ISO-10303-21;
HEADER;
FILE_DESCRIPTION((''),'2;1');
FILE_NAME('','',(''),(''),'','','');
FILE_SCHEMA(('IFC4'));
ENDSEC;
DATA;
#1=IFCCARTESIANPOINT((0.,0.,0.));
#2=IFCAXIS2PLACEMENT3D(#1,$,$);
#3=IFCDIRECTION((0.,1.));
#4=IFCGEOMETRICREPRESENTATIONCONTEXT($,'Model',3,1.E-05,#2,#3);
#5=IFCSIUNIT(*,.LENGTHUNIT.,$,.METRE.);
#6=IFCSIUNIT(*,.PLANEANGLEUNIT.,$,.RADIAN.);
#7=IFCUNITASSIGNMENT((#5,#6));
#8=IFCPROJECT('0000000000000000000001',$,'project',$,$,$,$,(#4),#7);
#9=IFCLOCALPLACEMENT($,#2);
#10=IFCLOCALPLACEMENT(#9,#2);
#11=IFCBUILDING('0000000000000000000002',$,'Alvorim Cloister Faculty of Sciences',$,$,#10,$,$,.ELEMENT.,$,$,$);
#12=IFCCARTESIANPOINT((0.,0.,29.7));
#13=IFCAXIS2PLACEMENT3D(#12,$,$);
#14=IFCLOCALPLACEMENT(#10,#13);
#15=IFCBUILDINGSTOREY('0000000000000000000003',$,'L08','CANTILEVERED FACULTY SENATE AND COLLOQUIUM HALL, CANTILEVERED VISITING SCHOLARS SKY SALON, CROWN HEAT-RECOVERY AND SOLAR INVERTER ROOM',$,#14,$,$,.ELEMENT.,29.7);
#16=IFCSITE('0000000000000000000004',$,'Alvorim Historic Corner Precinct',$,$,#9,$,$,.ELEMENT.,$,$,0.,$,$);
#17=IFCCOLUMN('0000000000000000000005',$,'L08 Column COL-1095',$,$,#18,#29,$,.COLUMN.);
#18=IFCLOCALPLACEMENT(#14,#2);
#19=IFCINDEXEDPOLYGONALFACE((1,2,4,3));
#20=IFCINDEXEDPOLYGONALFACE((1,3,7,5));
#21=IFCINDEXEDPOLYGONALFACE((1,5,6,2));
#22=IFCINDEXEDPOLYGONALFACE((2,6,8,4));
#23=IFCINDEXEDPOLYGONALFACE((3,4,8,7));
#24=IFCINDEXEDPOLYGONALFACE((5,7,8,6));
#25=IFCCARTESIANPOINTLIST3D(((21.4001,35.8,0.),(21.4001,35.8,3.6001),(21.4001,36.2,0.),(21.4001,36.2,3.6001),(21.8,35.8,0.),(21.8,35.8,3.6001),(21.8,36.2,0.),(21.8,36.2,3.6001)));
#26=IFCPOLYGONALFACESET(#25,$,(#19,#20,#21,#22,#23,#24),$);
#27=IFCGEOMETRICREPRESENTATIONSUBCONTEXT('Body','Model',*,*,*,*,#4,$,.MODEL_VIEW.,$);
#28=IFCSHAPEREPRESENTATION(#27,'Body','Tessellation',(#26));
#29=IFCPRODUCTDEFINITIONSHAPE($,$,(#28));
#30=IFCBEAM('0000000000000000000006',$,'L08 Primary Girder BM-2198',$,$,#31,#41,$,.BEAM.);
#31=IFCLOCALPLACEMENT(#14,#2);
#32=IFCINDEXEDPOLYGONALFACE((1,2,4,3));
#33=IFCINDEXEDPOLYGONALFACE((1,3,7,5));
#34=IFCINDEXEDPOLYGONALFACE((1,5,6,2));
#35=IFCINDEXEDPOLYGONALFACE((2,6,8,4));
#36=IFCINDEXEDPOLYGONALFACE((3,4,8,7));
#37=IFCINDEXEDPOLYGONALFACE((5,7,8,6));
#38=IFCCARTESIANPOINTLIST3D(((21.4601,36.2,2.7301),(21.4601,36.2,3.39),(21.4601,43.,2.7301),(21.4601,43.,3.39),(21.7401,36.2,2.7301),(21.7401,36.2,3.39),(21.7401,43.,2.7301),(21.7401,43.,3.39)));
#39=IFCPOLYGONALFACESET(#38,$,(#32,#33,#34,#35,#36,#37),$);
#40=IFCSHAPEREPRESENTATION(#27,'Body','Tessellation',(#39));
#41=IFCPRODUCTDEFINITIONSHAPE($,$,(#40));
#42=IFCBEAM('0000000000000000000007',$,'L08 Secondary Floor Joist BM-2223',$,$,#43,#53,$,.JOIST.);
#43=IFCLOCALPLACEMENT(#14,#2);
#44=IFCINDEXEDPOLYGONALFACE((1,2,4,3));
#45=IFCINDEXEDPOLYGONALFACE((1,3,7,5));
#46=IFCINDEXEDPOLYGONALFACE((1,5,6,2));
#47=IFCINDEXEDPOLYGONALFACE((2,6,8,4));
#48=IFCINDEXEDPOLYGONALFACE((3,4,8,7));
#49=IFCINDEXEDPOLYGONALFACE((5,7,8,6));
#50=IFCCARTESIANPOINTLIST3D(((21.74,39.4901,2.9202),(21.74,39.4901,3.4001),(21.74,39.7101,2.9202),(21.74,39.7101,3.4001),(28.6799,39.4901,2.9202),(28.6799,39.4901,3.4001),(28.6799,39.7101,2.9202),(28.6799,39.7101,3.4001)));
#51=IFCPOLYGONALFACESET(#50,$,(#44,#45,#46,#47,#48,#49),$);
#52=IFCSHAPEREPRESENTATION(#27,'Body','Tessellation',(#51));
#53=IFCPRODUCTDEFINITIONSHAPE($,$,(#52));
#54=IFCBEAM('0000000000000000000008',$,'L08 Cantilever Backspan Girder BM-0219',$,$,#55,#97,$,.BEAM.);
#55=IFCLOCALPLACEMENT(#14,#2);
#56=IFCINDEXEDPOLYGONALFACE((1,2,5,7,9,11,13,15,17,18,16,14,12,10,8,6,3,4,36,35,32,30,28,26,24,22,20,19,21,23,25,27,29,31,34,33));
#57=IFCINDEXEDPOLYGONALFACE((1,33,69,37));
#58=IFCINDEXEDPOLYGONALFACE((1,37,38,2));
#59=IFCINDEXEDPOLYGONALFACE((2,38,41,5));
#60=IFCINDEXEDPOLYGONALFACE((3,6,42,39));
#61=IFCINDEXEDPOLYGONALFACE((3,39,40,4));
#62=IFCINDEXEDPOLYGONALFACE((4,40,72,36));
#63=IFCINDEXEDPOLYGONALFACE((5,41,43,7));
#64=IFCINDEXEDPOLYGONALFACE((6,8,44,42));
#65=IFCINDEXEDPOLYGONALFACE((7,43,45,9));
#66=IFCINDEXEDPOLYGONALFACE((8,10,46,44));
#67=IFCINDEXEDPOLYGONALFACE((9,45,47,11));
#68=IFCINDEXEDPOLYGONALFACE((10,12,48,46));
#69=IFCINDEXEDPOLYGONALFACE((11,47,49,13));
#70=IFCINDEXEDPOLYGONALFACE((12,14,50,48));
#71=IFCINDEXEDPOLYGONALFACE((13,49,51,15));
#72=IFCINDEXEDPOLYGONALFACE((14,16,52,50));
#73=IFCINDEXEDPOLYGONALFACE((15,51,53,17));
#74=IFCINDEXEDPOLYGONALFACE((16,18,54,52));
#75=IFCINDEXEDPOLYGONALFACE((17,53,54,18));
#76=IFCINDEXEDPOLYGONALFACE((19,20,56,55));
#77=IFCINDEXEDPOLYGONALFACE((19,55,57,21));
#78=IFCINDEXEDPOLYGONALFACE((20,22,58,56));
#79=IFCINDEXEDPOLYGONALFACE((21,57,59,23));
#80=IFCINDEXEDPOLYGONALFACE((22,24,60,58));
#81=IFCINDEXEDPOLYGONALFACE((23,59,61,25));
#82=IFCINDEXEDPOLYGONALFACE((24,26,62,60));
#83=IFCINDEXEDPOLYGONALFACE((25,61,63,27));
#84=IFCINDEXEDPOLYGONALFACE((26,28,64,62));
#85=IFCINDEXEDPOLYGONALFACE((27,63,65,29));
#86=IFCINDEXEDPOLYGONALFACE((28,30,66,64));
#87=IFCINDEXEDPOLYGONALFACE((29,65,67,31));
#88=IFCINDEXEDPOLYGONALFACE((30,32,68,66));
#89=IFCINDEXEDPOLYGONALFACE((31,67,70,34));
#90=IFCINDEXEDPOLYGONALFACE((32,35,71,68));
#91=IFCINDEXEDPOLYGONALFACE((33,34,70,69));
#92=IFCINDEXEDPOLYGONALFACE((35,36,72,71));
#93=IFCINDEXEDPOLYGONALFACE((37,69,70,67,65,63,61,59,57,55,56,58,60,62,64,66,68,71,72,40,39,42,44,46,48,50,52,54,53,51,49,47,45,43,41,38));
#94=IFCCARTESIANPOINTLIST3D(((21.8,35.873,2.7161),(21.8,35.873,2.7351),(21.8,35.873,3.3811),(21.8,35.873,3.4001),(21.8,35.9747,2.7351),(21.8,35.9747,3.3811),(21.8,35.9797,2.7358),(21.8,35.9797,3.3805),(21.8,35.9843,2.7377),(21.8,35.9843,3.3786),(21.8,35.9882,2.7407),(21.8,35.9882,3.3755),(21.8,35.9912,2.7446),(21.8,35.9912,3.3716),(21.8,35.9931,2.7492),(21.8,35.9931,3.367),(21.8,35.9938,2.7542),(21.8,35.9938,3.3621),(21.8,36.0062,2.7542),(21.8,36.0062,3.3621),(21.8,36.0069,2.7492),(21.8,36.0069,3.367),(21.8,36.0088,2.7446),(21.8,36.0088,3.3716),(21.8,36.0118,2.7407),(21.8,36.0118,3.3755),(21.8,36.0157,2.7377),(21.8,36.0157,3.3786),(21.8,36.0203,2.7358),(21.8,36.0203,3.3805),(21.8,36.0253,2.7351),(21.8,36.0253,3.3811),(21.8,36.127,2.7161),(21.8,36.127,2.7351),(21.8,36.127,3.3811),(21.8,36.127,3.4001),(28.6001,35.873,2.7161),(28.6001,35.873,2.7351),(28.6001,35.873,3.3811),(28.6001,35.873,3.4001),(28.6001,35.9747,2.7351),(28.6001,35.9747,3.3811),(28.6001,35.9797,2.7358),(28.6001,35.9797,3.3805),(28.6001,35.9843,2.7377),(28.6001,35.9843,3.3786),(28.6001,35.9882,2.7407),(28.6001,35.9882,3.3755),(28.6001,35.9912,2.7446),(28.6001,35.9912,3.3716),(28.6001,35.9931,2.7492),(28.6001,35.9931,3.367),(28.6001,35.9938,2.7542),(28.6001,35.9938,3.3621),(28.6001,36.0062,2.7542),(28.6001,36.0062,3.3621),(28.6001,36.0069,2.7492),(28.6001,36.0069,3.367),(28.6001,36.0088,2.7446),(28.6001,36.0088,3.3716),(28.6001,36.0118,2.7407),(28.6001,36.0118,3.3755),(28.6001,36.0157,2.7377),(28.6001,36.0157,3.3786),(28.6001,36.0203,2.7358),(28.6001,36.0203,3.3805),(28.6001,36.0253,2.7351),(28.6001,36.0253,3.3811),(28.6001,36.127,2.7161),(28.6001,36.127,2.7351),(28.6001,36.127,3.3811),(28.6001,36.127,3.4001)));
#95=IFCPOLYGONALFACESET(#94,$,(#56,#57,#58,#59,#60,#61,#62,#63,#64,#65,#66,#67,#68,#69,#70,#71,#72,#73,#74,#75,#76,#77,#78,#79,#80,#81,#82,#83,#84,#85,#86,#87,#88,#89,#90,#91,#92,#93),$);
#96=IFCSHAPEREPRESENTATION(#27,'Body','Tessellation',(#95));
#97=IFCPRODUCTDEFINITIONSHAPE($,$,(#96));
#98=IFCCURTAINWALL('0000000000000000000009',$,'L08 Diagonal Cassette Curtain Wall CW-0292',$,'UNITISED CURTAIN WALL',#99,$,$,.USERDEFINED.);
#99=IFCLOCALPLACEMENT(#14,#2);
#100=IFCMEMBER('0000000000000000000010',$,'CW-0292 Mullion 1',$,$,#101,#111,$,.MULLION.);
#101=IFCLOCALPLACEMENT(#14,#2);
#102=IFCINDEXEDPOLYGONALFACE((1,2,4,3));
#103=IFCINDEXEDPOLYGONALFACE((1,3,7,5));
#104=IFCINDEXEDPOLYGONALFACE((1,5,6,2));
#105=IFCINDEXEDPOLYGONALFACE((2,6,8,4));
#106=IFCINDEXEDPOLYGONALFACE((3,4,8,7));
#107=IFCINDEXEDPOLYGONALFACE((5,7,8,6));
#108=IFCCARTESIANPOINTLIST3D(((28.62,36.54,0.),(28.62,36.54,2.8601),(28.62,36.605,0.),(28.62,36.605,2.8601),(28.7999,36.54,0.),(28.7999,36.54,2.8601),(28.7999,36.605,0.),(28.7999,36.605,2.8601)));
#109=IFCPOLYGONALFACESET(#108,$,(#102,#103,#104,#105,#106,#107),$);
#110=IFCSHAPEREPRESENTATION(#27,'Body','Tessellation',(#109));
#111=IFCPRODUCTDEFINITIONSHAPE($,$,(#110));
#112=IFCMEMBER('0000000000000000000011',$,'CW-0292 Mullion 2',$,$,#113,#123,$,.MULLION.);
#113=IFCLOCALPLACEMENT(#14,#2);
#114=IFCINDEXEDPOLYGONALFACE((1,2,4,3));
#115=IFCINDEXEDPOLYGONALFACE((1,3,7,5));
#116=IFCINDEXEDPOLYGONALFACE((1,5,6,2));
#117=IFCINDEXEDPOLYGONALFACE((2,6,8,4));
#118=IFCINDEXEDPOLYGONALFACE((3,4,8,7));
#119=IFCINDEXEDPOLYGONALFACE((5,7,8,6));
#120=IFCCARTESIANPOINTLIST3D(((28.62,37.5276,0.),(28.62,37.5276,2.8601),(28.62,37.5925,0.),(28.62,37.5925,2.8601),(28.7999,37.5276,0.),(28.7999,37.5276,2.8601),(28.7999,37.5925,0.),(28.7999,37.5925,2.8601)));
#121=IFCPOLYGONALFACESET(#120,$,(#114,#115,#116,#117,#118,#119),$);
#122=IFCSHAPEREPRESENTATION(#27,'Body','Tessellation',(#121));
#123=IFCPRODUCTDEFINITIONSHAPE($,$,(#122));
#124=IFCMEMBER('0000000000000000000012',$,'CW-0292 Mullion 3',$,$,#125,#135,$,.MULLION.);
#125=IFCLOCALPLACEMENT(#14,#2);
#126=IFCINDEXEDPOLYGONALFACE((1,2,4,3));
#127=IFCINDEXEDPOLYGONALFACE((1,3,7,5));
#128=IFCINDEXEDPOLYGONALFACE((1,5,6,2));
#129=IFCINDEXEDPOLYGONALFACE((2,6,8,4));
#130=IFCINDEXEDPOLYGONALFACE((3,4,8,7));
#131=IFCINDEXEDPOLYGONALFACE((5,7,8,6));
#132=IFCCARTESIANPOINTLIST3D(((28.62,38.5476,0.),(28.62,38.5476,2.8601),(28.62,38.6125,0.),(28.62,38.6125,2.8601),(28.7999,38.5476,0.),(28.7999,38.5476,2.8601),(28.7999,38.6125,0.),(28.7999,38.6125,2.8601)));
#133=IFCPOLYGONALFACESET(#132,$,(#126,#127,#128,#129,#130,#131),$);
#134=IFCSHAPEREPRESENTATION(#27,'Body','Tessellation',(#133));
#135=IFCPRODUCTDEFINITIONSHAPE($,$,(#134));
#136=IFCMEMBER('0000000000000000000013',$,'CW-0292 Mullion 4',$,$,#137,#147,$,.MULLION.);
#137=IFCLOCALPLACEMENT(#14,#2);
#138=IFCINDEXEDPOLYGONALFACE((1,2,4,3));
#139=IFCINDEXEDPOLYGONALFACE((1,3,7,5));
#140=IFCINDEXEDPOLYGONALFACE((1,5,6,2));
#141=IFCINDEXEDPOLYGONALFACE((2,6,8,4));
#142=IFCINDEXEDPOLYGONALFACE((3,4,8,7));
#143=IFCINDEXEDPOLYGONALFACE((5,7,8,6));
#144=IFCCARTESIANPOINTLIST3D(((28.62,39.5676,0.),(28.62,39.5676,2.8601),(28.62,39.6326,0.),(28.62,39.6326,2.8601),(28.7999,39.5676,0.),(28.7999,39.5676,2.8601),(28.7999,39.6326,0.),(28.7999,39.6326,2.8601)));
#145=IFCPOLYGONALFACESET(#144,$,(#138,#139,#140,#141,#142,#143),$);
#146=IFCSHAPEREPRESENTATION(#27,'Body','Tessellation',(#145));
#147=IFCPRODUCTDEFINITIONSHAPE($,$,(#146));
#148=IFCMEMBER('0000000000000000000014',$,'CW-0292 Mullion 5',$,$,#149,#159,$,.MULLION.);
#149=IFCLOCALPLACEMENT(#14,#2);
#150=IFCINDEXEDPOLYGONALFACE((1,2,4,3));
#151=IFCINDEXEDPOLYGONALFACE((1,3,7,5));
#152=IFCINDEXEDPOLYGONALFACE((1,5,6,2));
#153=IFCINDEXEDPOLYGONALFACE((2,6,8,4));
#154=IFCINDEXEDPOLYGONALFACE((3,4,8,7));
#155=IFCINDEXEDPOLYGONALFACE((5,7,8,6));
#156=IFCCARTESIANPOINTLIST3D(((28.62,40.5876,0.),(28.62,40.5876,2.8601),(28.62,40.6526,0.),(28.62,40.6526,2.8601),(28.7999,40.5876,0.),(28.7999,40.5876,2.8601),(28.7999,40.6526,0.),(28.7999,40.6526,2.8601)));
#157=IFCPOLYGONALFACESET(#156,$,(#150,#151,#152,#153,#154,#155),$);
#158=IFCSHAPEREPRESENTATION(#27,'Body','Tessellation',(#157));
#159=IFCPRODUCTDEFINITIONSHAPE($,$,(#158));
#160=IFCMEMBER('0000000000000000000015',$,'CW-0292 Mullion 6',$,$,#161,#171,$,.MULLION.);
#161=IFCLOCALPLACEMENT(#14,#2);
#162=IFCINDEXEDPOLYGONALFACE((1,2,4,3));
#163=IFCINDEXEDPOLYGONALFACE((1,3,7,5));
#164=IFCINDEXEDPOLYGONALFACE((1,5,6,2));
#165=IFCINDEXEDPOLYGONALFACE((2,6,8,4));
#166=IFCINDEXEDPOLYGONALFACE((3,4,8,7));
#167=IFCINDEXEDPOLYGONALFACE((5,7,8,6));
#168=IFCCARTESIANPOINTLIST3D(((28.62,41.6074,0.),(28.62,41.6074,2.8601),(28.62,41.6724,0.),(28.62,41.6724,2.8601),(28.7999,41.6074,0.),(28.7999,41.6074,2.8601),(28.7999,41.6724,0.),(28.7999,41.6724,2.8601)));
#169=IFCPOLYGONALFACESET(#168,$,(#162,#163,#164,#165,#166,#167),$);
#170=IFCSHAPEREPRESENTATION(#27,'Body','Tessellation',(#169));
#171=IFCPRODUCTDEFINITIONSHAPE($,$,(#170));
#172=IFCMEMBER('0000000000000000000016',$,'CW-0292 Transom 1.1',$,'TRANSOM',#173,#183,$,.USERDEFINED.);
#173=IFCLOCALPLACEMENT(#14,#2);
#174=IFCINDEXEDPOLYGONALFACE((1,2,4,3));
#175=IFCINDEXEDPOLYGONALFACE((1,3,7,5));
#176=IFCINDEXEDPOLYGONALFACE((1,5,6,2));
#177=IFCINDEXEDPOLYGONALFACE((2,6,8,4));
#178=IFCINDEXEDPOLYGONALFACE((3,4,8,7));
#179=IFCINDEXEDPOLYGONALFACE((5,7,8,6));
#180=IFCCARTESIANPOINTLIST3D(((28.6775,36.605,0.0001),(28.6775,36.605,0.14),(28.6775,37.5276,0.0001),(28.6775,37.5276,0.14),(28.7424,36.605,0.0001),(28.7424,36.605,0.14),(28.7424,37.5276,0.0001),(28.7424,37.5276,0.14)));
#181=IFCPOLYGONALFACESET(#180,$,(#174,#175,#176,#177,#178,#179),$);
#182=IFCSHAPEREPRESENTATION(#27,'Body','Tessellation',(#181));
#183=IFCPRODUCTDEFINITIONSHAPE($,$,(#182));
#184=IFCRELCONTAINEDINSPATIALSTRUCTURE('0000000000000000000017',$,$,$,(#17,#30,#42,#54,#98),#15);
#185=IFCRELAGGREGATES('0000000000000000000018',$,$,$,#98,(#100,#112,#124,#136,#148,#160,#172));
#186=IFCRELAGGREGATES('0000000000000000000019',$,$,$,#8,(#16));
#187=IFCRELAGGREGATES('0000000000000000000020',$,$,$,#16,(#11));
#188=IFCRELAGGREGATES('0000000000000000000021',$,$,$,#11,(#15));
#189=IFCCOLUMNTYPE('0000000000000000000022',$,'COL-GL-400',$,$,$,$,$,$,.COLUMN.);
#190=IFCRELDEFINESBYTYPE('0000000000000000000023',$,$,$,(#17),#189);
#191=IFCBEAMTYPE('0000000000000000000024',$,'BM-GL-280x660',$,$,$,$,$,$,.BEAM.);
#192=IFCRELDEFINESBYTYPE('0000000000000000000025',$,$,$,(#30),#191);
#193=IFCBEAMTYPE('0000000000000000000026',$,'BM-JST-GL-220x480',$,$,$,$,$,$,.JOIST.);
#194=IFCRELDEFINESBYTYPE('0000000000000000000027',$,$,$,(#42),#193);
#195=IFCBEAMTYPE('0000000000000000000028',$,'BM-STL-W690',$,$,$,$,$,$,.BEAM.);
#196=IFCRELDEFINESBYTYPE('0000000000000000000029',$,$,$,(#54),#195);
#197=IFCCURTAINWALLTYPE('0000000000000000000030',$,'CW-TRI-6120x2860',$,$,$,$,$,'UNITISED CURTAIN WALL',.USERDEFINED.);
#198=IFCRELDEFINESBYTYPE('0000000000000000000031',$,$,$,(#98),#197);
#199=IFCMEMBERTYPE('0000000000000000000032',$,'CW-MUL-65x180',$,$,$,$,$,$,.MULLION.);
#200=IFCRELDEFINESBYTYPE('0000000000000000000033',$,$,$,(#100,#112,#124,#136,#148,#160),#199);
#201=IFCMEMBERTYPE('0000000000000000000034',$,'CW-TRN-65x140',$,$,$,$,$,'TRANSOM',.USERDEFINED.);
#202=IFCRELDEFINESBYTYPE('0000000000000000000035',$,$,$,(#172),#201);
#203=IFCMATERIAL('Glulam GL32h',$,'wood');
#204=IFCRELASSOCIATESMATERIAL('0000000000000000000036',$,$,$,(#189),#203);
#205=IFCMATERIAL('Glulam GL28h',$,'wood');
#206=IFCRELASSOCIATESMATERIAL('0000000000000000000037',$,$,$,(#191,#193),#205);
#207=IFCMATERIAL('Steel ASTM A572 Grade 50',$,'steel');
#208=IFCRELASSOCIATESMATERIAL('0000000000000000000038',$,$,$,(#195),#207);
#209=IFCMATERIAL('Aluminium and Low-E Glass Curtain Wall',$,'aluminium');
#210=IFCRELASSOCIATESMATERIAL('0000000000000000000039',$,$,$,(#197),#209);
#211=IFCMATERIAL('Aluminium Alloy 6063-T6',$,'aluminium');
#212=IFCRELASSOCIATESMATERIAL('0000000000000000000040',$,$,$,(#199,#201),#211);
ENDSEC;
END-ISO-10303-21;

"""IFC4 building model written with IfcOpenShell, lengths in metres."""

from ifc_helpers import new_model, si_unit, direction, frame, origin, origin_2d, place, context, subcontext, project, spatial, rectangle, i_section, extrude, material, material_profile, profile_set, type_object, element, aggregate, save


model = new_model("IFC4")

# Units and contexts
model_context = context("Model", 3, precision=1e-05, world=origin(), true_north=direction((0.0, 1.0)))
body_context = subcontext(model_context, "Body", "Model", "MODEL_VIEW")
ifc_project = project(units=[si_unit("LENGTHUNIT", "METRE"), si_unit("PLANEANGLEUNIT", "RADIAN")], contexts=[model_context])

# Site, building, storey
site_placement = place(None, origin())
site = spatial("IfcSite", under=ifc_project, at=site_placement, Name="Alvorim Historic Corner Precinct", CompositionType="ELEMENT", RefElevation=0.0)
building_placement = place(site_placement, origin())
building = spatial("IfcBuilding", under=site, at=building_placement, Name="Alvorim Cloister Faculty of Sciences", CompositionType="ELEMENT")
storey_placement = place(building_placement, frame((0.0, 0.0, 29.7)))
storey = spatial("IfcBuildingStorey", under=building, at=storey_placement, Name="L08", Description="CANTILEVERED FACULTY SENATE AND COLLOQUIUM HALL, CANTILEVERED VISITING SCHOLARS SKY SALON, CROWN HEAT-RECOVERY AND SOLAR INVERTER ROOM", CompositionType="ELEMENT", Elevation=29.7)

# Column
ifc_material_1 = material(Name="Glulam GL32h", Category="wood")
ifc_material_profile_1 = material_profile(ifc_material_1, rectangle(XDim=0.3999, YDim=0.3999, at=origin_2d()), Name="GL32-COL-400x400")
ifc_profile_set_1 = profile_set([ifc_material_profile_1], Name="Glulam GL32h")
column_type = type_object("IfcColumnType", Name="COL-GL-400", PredefinedType="COLUMN", material=ifc_profile_set_1)
column_placement = place(storey_placement, frame((21.6001, 36.0, 0.0), z_axis=(0.0, 0.0, 1.0), x_axis=(1.0, 0.0, 0.0)))
element("IfcColumn", 1, at=column_placement, inside=storey, type_object=column_type, Name="L08 Column COL-1095", PredefinedType="COLUMN", context=body_context, shape_type="SweptSolid", body=[
    extrude(rectangle(XDim=0.3999, YDim=0.3999, at=origin_2d()), origin(), (0.0, 0.0, 1.0), 3.6001),
])

# Beams
ifc_material_2 = material(Name="Glulam GL28h", Category="wood")
ifc_material_profile_2 = material_profile(ifc_material_2, rectangle(XDim=0.28, YDim=0.6599, at=origin_2d()), Name="GL28-BM-280x660")
ifc_profile_set_2 = profile_set([ifc_material_profile_2], Name="Glulam GL28h")
beam_type_1 = type_object("IfcBeamType", Name="BM-GL-280x660", PredefinedType="BEAM", material=ifc_profile_set_2)
beam_1_placement = place(storey_placement, frame((21.6001, 36.2, 3.0601), z_axis=(0.0, 1.0, 0.0), x_axis=(-1.0, 0.0, 0.0)))
element("IfcBeam", 2, at=beam_1_placement, inside=storey, type_object=beam_type_1, Name="L08 Primary Girder BM-2198", PredefinedType="BEAM", context=body_context, shape_type="SweptSolid", body=[
    extrude(rectangle(XDim=0.28, YDim=0.6599, at=origin_2d()), origin(), (0.0, 0.0, 1.0), 6.8),
])
ifc_material_profile_3 = material_profile(ifc_material_2, rectangle(XDim=0.22, YDim=0.48, at=origin_2d()), Name="GL28-JST-220x480")
ifc_profile_set_3 = profile_set([ifc_material_profile_3], Name="Glulam GL28h")
beam_type_2 = type_object("IfcBeamType", Name="BM-JST-GL-220x480", PredefinedType="JOIST", material=ifc_profile_set_3)
beam_2_placement = place(storey_placement, frame((21.74, 39.6001, 3.1602), z_axis=(1.0, 0.0, 0.0), x_axis=(0.0, 1.0, 0.0)))
element("IfcBeam", 3, at=beam_2_placement, inside=storey, type_object=beam_type_2, Name="L08 Secondary Floor Joist BM-2223", PredefinedType="JOIST", context=body_context, shape_type="SweptSolid", body=[
    extrude(rectangle(XDim=0.22, YDim=0.48, at=origin_2d()), origin(), (0.0, 0.0, 1.0), 6.9399),
])
ifc_material_3 = material(Name="Steel ASTM A572 Grade 50", Category="steel")
ifc_material_profile_4 = material_profile(ifc_material_3, i_section(OverallWidth=0.2539, OverallDepth=0.6841, WebThickness=0.0125, FlangeThickness=0.019, FilletRadius=0.019, at=origin_2d()), Name="W690x140.0")
ifc_profile_set_4 = profile_set([ifc_material_profile_4], Name="Steel ASTM A572 Grade 50")
beam_type_3 = type_object("IfcBeamType", Name="BM-STL-W690", PredefinedType="BEAM", material=ifc_profile_set_4)
beam_3_placement = place(storey_placement, frame((21.8, 36.0, 3.0581), z_axis=(1.0, 0.0, 0.0), x_axis=(0.0, 1.0, 0.0)))
element("IfcBeam", 4, at=beam_3_placement, inside=storey, type_object=beam_type_3, Name="L08 Cantilever Backspan Girder BM-0219", PredefinedType="BEAM", context=body_context, shape_type="SweptSolid", body=[
    extrude(i_section(OverallWidth=0.2539, OverallDepth=0.6841, WebThickness=0.0125, FlangeThickness=0.019, FilletRadius=0.019, at=origin_2d()), origin(), (0.0, 0.0, 1.0), 6.8),
])

# Curtain wall, members
ifc_material_4 = material(Name="Aluminium and Low-E Glass Curtain Wall", Category="aluminium")
curtain_wall_type = type_object("IfcCurtainWallType", Name="CW-TRI-6120x2860", ElementType="UNITISED CURTAIN WALL", PredefinedType="USERDEFINED", material=ifc_material_4)
curtain_wall_placement = place(storey_placement, origin())
curtain_wall = element("IfcCurtainWall", 5, at=curtain_wall_placement, inside=storey, type_object=curtain_wall_type, Name="L08 Diagonal Cassette Curtain Wall CW-0292", ObjectType="UNITISED CURTAIN WALL", PredefinedType="USERDEFINED")
ifc_material_5 = material(Name="Aluminium Alloy 6063-T6", Category="aluminium")
ifc_material_profile_5 = material_profile(ifc_material_5, rectangle(XDim=0.0649, YDim=0.1799, at=origin_2d()), Name="ALU-MUL-65x180")
ifc_profile_set_5 = profile_set([ifc_material_profile_5], Name="Aluminium Alloy 6063-T6")
member_type_1 = type_object("IfcMemberType", Name="CW-MUL-65x180", PredefinedType="MULLION", material=ifc_profile_set_5)
member_1_placement = place(storey_placement, frame((28.71, 36.5725, 0.0), z_axis=(0.0, 0.0, 1.0), x_axis=(0.0, 1.0, 0.0)))
member_1 = element("IfcMember", 6, at=member_1_placement, type_object=member_type_1, Name="CW-0292 Mullion 1", PredefinedType="MULLION", context=body_context, shape_type="SweptSolid", body=[
    extrude(rectangle(XDim=0.0649, YDim=0.1799, at=origin_2d()), origin(), (0.0, 0.0, 1.0), 2.8601),
])
member_2_placement = place(storey_placement, frame((28.71, 37.5601, 0.0), z_axis=(0.0, 0.0, 1.0), x_axis=(0.0, 1.0, 0.0)))
member_2 = element("IfcMember", 7, at=member_2_placement, type_object=member_type_1, Name="CW-0292 Mullion 2", PredefinedType="MULLION", context=body_context, shape_type="SweptSolid", body=[
    extrude(rectangle(XDim=0.0649, YDim=0.1799, at=origin_2d()), origin(), (0.0, 0.0, 1.0), 2.8601),
])
member_3_placement = place(storey_placement, frame((28.71, 38.5801, 0.0), z_axis=(0.0, 0.0, 1.0), x_axis=(0.0, 1.0, 0.0)))
member_3 = element("IfcMember", 8, at=member_3_placement, type_object=member_type_1, Name="CW-0292 Mullion 3", PredefinedType="MULLION", context=body_context, shape_type="SweptSolid", body=[
    extrude(rectangle(XDim=0.0649, YDim=0.1799, at=origin_2d()), origin(), (0.0, 0.0, 1.0), 2.8601),
])
member_4_placement = place(storey_placement, frame((28.71, 39.6001, 0.0), z_axis=(0.0, 0.0, 1.0), x_axis=(0.0, 1.0, 0.0)))
member_4 = element("IfcMember", 9, at=member_4_placement, type_object=member_type_1, Name="CW-0292 Mullion 4", PredefinedType="MULLION", context=body_context, shape_type="SweptSolid", body=[
    extrude(rectangle(XDim=0.0649, YDim=0.1799, at=origin_2d()), origin(), (0.0, 0.0, 1.0), 2.8601),
])
member_5_placement = place(storey_placement, frame((28.71, 40.6201, 0.0), z_axis=(0.0, 0.0, 1.0), x_axis=(0.0, 1.0, 0.0)))
member_5 = element("IfcMember", 10, at=member_5_placement, type_object=member_type_1, Name="CW-0292 Mullion 5", PredefinedType="MULLION", context=body_context, shape_type="SweptSolid", body=[
    extrude(rectangle(XDim=0.0649, YDim=0.1799, at=origin_2d()), origin(), (0.0, 0.0, 1.0), 2.8601),
])
member_6_placement = place(storey_placement, frame((28.71, 41.6399, 0.0), z_axis=(0.0, 0.0, 1.0), x_axis=(0.0, 1.0, 0.0)))
member_6 = element("IfcMember", 11, at=member_6_placement, type_object=member_type_1, Name="CW-0292 Mullion 6", PredefinedType="MULLION", context=body_context, shape_type="SweptSolid", body=[
    extrude(rectangle(XDim=0.0649, YDim=0.1799, at=origin_2d()), origin(), (0.0, 0.0, 1.0), 2.8601),
])
ifc_material_profile_6 = material_profile(ifc_material_5, rectangle(XDim=0.0649, YDim=0.1399, at=origin_2d()), Name="ALU-TRN-65x140")
ifc_profile_set_6 = profile_set([ifc_material_profile_6], Name="Aluminium Alloy 6063-T6")
member_type_2 = type_object("IfcMemberType", Name="CW-TRN-65x140", ElementType="TRANSOM", PredefinedType="USERDEFINED", material=ifc_profile_set_6)
member_7_placement = place(storey_placement, frame((28.71, 36.605, 0.0701), z_axis=(0.0, 1.0, 0.0), x_axis=(-1.0, 0.0, 0.0)))
member_7 = element("IfcMember", 12, at=member_7_placement, type_object=member_type_2, Name="CW-0292 Transom 1.1", ObjectType="TRANSOM", PredefinedType="USERDEFINED", context=body_context, shape_type="SweptSolid", body=[
    extrude(rectangle(XDim=0.0649, YDim=0.1399, at=origin_2d()), origin(), (0.0, 0.0, 1.0), 0.9226),
])
aggregate(curtain_wall, [member_1, member_2, member_3, member_4, member_5, member_6, member_7])

save(model, "model.ifc")
